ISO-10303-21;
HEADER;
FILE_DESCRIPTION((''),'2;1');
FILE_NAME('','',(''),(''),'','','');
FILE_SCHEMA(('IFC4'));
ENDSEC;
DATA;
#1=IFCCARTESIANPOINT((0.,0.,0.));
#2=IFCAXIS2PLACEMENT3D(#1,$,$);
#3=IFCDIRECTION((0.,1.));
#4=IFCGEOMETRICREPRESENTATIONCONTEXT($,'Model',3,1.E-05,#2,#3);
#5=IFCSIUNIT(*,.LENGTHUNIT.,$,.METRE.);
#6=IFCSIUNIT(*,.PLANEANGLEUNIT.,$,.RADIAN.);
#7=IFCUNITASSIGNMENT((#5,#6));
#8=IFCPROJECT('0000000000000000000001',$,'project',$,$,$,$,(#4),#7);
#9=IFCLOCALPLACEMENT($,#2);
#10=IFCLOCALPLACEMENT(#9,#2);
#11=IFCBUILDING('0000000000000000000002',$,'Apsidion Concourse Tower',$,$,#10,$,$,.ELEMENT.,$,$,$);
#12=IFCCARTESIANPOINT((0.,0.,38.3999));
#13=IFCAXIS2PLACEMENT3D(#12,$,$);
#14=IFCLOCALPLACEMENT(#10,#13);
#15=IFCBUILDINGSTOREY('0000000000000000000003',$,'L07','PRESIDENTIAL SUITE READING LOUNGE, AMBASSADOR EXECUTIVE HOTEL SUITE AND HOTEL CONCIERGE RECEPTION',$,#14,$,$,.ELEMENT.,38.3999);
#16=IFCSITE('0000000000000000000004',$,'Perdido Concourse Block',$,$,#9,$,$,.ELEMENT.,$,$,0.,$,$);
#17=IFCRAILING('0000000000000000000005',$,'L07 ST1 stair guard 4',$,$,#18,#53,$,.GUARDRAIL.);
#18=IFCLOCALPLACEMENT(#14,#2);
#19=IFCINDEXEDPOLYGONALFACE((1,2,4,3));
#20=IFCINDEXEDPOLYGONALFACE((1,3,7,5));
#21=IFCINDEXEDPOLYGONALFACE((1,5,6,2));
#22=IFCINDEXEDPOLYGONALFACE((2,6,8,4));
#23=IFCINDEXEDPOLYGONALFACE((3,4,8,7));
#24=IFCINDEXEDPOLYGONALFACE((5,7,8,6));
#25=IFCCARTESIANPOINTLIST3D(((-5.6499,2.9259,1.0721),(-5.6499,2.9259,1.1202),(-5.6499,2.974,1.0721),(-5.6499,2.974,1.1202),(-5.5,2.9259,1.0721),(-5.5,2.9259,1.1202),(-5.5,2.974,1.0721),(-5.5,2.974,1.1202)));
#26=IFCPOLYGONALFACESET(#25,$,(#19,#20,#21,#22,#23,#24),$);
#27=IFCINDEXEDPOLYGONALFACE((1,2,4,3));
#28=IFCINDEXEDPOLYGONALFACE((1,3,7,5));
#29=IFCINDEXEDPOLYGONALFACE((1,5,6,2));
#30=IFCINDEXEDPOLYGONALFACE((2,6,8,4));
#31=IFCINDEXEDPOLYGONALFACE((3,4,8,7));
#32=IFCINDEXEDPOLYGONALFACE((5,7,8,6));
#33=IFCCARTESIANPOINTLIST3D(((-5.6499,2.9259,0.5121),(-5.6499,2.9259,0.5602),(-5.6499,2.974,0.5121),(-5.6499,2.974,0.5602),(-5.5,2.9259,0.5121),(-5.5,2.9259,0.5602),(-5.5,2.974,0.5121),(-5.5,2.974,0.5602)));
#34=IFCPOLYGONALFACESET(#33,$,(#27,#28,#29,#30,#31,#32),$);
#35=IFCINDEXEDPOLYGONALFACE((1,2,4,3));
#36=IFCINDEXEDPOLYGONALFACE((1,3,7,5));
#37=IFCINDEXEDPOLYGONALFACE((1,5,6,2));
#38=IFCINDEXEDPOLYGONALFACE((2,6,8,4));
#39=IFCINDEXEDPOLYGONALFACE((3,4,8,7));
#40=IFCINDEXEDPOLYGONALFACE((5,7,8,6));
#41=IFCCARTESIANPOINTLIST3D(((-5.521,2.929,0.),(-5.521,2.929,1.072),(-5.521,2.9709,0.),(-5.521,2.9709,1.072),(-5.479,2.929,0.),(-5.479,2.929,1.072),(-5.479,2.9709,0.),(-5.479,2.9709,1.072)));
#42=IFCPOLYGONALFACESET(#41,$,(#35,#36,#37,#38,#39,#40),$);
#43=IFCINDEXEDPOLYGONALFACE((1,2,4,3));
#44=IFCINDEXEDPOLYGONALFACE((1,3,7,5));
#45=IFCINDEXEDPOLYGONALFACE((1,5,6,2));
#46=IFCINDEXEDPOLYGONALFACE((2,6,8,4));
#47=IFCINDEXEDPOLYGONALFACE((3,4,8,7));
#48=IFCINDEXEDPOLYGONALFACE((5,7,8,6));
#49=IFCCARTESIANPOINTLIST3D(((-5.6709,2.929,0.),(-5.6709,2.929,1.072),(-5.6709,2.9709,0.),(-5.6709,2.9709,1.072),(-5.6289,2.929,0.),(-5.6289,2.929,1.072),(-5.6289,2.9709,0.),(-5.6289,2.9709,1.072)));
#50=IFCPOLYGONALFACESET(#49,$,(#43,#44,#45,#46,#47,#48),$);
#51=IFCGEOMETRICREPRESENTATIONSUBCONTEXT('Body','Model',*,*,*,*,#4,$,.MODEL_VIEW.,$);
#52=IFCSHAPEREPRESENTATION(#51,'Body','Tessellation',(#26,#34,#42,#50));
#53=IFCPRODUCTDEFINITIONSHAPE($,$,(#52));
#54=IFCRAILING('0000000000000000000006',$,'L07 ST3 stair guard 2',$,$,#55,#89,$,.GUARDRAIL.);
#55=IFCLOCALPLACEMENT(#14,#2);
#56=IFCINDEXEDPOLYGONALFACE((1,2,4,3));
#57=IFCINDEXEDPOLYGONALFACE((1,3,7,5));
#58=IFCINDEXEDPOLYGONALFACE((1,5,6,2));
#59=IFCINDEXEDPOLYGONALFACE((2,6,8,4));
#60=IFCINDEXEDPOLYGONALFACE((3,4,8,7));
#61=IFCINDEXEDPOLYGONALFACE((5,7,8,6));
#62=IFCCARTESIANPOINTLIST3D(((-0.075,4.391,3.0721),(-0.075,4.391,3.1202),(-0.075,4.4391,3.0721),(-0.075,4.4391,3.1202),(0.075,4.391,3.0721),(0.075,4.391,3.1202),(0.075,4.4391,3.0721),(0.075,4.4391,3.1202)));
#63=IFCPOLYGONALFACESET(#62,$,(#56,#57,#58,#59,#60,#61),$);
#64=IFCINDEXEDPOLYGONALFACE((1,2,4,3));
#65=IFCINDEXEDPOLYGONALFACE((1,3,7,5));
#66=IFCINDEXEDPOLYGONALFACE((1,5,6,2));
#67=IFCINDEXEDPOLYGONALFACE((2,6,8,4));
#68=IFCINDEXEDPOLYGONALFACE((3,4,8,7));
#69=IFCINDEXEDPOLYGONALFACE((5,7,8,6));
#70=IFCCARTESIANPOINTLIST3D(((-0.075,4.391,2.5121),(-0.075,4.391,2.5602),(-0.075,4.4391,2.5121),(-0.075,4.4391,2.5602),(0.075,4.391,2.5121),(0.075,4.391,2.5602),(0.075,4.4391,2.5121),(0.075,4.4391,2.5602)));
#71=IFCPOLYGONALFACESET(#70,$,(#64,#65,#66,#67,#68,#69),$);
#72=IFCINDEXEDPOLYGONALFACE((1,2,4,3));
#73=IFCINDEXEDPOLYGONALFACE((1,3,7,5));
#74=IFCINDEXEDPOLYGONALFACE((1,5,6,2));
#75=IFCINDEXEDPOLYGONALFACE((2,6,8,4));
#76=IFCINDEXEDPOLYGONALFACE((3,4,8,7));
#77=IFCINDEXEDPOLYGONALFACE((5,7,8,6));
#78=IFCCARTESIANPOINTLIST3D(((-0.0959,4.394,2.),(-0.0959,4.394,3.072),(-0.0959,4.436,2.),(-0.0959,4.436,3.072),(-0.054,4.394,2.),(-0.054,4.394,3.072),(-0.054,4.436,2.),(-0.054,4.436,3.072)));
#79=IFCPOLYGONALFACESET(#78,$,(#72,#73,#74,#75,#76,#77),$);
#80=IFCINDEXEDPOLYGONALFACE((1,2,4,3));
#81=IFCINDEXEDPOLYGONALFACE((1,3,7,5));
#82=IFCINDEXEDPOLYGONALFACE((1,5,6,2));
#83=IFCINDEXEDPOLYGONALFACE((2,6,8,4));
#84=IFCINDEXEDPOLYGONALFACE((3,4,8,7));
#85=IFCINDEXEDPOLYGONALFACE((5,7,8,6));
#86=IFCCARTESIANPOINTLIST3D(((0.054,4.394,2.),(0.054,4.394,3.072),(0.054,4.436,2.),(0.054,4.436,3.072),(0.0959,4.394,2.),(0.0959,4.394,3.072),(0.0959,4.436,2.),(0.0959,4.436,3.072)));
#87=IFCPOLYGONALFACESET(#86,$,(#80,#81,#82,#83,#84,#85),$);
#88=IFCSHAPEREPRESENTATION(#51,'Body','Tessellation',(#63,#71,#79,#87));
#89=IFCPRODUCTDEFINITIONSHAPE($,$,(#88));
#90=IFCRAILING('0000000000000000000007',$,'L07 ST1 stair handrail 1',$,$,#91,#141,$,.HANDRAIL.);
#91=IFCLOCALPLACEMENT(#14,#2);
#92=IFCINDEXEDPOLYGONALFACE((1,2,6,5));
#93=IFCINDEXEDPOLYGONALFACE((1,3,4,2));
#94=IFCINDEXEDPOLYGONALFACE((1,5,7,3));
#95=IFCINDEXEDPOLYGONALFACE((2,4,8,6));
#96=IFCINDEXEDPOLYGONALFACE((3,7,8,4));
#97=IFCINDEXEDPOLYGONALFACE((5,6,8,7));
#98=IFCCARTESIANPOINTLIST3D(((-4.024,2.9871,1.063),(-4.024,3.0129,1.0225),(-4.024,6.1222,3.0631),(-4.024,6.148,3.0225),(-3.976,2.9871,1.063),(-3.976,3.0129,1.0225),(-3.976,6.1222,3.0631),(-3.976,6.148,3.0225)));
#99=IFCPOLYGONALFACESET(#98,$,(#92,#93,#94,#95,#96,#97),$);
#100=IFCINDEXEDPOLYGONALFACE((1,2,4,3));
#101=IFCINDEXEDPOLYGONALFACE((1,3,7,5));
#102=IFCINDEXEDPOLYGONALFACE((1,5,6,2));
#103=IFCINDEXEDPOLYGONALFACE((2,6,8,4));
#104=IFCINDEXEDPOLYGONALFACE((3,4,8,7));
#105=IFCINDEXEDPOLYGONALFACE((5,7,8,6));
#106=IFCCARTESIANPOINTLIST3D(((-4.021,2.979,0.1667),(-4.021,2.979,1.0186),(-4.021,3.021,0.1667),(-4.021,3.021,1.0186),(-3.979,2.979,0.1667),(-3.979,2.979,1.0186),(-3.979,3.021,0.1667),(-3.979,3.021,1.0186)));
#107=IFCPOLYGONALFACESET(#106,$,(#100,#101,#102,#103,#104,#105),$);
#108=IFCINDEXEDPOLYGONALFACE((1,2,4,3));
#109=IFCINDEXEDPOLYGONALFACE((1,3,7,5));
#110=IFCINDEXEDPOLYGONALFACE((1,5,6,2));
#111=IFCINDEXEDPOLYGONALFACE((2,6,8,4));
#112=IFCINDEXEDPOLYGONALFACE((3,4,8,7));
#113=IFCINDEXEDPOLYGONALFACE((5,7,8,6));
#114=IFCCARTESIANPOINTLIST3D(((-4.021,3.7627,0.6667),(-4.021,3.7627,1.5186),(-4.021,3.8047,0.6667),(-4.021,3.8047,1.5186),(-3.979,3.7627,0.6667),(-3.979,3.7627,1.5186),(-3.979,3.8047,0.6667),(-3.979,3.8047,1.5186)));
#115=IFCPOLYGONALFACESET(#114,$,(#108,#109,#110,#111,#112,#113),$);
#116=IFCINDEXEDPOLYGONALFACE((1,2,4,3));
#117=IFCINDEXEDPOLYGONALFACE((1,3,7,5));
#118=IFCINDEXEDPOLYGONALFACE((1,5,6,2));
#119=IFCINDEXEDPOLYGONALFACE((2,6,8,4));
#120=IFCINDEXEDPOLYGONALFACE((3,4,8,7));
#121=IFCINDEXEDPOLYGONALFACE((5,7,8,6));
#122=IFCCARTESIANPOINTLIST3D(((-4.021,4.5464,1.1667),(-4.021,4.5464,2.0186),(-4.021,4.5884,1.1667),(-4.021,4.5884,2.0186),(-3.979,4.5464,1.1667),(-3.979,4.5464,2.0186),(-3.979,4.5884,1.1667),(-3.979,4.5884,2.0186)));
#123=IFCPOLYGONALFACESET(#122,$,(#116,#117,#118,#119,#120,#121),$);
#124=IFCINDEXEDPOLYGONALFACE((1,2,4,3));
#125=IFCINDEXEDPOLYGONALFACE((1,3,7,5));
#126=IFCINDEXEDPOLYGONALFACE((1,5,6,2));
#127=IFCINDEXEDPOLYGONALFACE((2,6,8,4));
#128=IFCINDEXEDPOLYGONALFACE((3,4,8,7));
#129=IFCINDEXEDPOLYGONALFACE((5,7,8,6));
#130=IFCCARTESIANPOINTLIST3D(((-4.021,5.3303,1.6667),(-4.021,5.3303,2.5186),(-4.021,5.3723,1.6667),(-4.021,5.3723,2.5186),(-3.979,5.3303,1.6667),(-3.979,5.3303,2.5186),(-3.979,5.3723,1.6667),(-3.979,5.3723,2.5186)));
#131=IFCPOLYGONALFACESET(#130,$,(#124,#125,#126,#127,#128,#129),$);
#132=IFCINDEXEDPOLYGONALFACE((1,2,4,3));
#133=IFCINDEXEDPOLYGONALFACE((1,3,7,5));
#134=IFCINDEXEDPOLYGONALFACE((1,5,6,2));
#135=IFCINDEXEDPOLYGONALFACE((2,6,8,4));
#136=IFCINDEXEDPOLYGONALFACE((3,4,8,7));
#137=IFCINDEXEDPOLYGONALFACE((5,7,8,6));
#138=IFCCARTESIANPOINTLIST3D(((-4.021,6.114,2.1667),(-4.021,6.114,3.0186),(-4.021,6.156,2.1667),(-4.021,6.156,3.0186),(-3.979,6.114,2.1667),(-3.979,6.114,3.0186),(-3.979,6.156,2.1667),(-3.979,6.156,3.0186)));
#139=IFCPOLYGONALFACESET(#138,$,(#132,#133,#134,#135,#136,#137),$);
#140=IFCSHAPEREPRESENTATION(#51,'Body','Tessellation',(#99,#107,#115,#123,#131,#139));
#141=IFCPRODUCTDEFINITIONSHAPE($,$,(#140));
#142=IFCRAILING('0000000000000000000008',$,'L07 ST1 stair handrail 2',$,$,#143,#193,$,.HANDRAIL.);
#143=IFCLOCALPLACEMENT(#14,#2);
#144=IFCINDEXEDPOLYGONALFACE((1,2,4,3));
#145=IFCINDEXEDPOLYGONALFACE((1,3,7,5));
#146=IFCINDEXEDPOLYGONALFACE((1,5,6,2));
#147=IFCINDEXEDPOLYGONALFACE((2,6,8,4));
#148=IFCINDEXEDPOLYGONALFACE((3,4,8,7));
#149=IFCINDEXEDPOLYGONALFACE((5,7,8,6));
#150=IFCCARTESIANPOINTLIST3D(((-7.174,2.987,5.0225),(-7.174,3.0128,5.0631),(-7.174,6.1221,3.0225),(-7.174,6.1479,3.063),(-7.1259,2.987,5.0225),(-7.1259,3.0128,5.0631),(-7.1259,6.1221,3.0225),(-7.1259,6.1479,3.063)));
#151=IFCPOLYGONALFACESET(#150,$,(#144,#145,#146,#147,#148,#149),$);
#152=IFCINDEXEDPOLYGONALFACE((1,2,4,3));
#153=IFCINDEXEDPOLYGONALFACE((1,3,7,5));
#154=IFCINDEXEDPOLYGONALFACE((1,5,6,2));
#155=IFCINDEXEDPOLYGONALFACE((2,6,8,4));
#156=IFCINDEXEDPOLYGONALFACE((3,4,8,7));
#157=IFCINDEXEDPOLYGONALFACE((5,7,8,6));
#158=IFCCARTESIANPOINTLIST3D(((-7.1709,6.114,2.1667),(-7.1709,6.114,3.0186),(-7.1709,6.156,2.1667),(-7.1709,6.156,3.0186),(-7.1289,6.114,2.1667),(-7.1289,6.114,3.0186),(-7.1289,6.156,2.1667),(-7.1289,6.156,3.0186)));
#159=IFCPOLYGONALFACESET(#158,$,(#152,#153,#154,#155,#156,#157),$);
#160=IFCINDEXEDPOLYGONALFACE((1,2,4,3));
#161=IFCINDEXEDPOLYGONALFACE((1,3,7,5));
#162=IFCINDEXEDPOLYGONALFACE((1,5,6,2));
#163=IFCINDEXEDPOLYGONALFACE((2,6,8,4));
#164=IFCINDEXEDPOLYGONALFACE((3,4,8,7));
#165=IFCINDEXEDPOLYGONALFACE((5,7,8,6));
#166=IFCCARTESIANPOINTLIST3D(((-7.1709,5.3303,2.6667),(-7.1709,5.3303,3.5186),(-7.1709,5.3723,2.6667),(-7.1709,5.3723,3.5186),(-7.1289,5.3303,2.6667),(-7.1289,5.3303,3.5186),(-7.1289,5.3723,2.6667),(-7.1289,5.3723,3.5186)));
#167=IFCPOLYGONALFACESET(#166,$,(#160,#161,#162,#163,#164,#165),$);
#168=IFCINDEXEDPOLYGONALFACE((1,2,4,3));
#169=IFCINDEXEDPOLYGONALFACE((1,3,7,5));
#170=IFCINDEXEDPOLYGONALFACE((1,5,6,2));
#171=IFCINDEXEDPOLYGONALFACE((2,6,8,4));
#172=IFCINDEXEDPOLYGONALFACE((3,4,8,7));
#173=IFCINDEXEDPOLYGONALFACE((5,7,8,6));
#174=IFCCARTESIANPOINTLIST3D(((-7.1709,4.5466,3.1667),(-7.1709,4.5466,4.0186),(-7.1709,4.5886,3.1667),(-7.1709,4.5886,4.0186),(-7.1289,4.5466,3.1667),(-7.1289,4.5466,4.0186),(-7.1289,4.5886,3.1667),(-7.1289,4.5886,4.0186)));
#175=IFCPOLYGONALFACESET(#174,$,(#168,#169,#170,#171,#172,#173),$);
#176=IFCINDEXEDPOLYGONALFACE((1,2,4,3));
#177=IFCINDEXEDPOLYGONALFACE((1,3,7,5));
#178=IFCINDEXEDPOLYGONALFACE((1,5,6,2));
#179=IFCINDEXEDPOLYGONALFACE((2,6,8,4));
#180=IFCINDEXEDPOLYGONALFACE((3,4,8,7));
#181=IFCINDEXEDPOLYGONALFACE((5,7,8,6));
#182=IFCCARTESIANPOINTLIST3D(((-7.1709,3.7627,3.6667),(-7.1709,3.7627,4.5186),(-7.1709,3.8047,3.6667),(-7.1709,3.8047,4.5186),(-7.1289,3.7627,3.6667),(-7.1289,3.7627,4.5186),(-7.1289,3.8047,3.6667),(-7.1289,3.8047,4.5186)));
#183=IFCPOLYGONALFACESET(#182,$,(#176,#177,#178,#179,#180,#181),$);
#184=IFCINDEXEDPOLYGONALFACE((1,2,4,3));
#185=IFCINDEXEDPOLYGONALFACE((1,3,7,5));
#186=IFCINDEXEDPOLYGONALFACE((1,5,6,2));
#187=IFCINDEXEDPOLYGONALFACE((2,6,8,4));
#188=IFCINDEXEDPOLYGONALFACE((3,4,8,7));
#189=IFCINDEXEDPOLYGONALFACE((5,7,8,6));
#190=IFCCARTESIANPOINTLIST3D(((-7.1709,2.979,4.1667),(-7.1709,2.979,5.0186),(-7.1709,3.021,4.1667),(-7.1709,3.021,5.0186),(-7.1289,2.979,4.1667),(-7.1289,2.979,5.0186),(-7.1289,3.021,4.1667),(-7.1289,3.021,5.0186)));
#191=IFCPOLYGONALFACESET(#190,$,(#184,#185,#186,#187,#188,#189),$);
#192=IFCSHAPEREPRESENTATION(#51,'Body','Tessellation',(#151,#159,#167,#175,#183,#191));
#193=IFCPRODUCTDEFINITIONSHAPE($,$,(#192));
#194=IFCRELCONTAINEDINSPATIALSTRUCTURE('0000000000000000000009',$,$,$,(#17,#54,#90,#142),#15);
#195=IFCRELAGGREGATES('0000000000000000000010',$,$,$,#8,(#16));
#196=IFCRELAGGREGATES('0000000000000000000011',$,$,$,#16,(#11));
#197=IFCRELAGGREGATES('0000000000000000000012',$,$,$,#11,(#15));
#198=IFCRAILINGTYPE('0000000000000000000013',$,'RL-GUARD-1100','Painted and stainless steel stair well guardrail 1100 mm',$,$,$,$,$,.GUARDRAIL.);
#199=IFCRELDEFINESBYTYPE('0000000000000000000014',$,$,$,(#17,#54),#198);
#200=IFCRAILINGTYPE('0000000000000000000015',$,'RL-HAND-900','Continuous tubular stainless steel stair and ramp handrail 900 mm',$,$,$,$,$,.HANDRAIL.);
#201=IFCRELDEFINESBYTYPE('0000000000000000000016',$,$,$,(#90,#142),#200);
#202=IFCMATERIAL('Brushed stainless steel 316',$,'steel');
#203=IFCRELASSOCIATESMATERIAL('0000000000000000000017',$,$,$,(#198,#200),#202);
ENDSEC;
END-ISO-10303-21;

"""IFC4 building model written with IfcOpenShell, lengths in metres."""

from ifc_helpers import new_model, si_unit, direction, frame, origin, origin_2d, place, context, subcontext, project, spatial, rectangle, extrude, material, type_object, element, save


model = new_model("IFC4")

# Units and contexts
model_context = context("Model", 3, precision=1e-05, world=origin(), true_north=direction((0.0, 1.0)))
body_context = subcontext(model_context, "Body", "Model", "MODEL_VIEW")
ifc_project = project(units=[si_unit("LENGTHUNIT", "METRE"), si_unit("PLANEANGLEUNIT", "RADIAN")], contexts=[model_context])

# Site, building, storey
site_placement = place(None, origin())
site = spatial("IfcSite", under=ifc_project, at=site_placement, Name="Perdido Concourse Block", CompositionType="ELEMENT", RefElevation=0.0)
building_placement = place(site_placement, origin())
building = spatial("IfcBuilding", under=site, at=building_placement, Name="Apsidion Concourse Tower", CompositionType="ELEMENT")
storey_placement = place(building_placement, frame((0.0, 0.0, 38.3999)))
storey = spatial("IfcBuildingStorey", under=building, at=storey_placement, Name="L07", Description="PRESIDENTIAL SUITE READING LOUNGE, AMBASSADOR EXECUTIVE HOTEL SUITE AND HOTEL CONCIERGE RECEPTION", CompositionType="ELEMENT", Elevation=38.3999)

# Railings
ifc_material_1 = material(Name="Brushed stainless steel 316", Category="steel")
railing_type_1 = type_object("IfcRailingType", Name="RL-GUARD-1100", Description="Painted and stainless steel stair well guardrail 1100 mm", PredefinedType="GUARDRAIL", material=ifc_material_1)
railing_1_placement = place(storey_placement, frame((-5.5, 2.95, 0.0)))
element("IfcRailing", 1, at=railing_1_placement, inside=storey, type_object=railing_type_1, Name="L07 ST1 stair guard 4", PredefinedType="GUARDRAIL", context=body_context, shape_type="SweptSolid", body=[
    extrude(rectangle(XDim=0.0481, YDim=0.0481, at=origin_2d()), frame((0.0, 0.0, 1.0962), z_axis=(-1.0, 0.0, 0.0), x_axis=(0.0, -1.0, 0.0)), (0.0, 0.0, 1.0), 0.1499),
    extrude(rectangle(XDim=0.0481, YDim=0.0481, at=origin_2d()), frame((0.0, 0.0, 0.5361), z_axis=(-1.0, 0.0, 0.0), x_axis=(0.0, -1.0, 0.0)), (0.0, 0.0, 1.0), 0.1499),
    extrude(rectangle(XDim=0.042, YDim=0.042, at=origin_2d()), origin(), (0.0, 0.0, 1.0), 1.072),
    extrude(rectangle(XDim=0.042, YDim=0.042, at=origin_2d()), frame((-0.1499, 0.0, 0.0)), (0.0, 0.0, 1.0), 1.072),
])
railing_2_placement = place(storey_placement, frame((-0.075, 4.415, 2.0)))
element("IfcRailing", 2, at=railing_2_placement, inside=storey, type_object=railing_type_1, Name="L07 ST3 stair guard 2", PredefinedType="GUARDRAIL", context=body_context, shape_type="SweptSolid", body=[
    extrude(rectangle(XDim=0.0481, YDim=0.0481, at=origin_2d()), frame((0.0, 0.0, 1.0962), z_axis=(1.0, 0.0, 0.0), x_axis=(0.0, 1.0, 0.0)), (0.0, 0.0, 1.0), 0.1499),
    extrude(rectangle(XDim=0.0481, YDim=0.0481, at=origin_2d()), frame((0.0, 0.0, 0.5361), z_axis=(1.0, 0.0, 0.0), x_axis=(0.0, 1.0, 0.0)), (0.0, 0.0, 1.0), 0.1499),
    extrude(rectangle(XDim=0.042, YDim=0.042, at=origin_2d()), origin(), (0.0, 0.0, 1.0), 1.072),
    extrude(rectangle(XDim=0.042, YDim=0.042, at=origin_2d()), frame((0.1499, 0.0, 0.0)), (0.0, 0.0, 1.0), 1.072),
])
railing_type_2 = type_object("IfcRailingType", Name="RL-HAND-900", Description="Continuous tubular stainless steel stair and ramp handrail 900 mm", PredefinedType="HANDRAIL", material=ifc_material_1)
railing_3_placement = place(storey_placement, frame((-4.0, 3.0, 0.1667)))
element("IfcRailing", 3, at=railing_3_placement, inside=storey, type_object=railing_type_2, Name="L07 ST1 stair handrail 1", PredefinedType="HANDRAIL", context=body_context, shape_type="SweptSolid", body=[
    extrude(rectangle(XDim=0.0481, YDim=0.0481, at=origin_2d()), frame((0.0, 0.0, 0.876), z_axis=(0.0, 0.843053, 0.537831), x_axis=(-1.0, 0.0, 0.0)), (0.0, 0.0, 1.0), 3.7188),
    extrude(rectangle(XDim=0.042, YDim=0.042, at=origin_2d()), origin(), (0.0, 0.0, 1.0), 0.8518),
    extrude(rectangle(XDim=0.042, YDim=0.042, at=origin_2d()), frame((0.0, 0.7837, 0.5)), (0.0, 0.0, 1.0), 0.8518),
    extrude(rectangle(XDim=0.042, YDim=0.042, at=origin_2d()), frame((0.0, 1.5674, 1.0)), (0.0, 0.0, 1.0), 0.8518),
    extrude(rectangle(XDim=0.042, YDim=0.042, at=origin_2d()), frame((0.0, 2.3513, 1.5)), (0.0, 0.0, 1.0), 0.8518),
    extrude(rectangle(XDim=0.042, YDim=0.042, at=origin_2d()), frame((0.0, 3.135, 2.0)), (0.0, 0.0, 1.0), 0.8518),
])
railing_4_placement = place(storey_placement, frame((-7.1499, 6.135, 2.1667)))
element("IfcRailing", 4, at=railing_4_placement, inside=storey, type_object=railing_type_2, Name="L07 ST1 stair handrail 2", PredefinedType="HANDRAIL", context=body_context, shape_type="SweptSolid", body=[
    extrude(rectangle(XDim=0.0481, YDim=0.0481, at=origin_2d()), frame((0.0, 0.0, 0.876), z_axis=(0.0, -0.843053, 0.537831), x_axis=(1.0, 0.0, 0.0)), (0.0, 0.0, 1.0), 3.7188),
    extrude(rectangle(XDim=0.042, YDim=0.042, at=origin_2d()), origin(), (0.0, 0.0, 1.0), 0.8518),
    extrude(rectangle(XDim=0.042, YDim=0.042, at=origin_2d()), frame((0.0, -0.7837, 0.5)), (0.0, 0.0, 1.0), 0.8518),
    extrude(rectangle(XDim=0.042, YDim=0.042, at=origin_2d()), frame((0.0, -1.5674, 1.0)), (0.0, 0.0, 1.0), 0.8518),
    extrude(rectangle(XDim=0.042, YDim=0.042, at=origin_2d()), frame((0.0, -2.3513, 1.5)), (0.0, 0.0, 1.0), 0.8518),
    extrude(rectangle(XDim=0.042, YDim=0.042, at=origin_2d()), frame((0.0, -3.135, 2.0)), (0.0, 0.0, 1.0), 0.8518),
])

save(model, "model.ifc")
